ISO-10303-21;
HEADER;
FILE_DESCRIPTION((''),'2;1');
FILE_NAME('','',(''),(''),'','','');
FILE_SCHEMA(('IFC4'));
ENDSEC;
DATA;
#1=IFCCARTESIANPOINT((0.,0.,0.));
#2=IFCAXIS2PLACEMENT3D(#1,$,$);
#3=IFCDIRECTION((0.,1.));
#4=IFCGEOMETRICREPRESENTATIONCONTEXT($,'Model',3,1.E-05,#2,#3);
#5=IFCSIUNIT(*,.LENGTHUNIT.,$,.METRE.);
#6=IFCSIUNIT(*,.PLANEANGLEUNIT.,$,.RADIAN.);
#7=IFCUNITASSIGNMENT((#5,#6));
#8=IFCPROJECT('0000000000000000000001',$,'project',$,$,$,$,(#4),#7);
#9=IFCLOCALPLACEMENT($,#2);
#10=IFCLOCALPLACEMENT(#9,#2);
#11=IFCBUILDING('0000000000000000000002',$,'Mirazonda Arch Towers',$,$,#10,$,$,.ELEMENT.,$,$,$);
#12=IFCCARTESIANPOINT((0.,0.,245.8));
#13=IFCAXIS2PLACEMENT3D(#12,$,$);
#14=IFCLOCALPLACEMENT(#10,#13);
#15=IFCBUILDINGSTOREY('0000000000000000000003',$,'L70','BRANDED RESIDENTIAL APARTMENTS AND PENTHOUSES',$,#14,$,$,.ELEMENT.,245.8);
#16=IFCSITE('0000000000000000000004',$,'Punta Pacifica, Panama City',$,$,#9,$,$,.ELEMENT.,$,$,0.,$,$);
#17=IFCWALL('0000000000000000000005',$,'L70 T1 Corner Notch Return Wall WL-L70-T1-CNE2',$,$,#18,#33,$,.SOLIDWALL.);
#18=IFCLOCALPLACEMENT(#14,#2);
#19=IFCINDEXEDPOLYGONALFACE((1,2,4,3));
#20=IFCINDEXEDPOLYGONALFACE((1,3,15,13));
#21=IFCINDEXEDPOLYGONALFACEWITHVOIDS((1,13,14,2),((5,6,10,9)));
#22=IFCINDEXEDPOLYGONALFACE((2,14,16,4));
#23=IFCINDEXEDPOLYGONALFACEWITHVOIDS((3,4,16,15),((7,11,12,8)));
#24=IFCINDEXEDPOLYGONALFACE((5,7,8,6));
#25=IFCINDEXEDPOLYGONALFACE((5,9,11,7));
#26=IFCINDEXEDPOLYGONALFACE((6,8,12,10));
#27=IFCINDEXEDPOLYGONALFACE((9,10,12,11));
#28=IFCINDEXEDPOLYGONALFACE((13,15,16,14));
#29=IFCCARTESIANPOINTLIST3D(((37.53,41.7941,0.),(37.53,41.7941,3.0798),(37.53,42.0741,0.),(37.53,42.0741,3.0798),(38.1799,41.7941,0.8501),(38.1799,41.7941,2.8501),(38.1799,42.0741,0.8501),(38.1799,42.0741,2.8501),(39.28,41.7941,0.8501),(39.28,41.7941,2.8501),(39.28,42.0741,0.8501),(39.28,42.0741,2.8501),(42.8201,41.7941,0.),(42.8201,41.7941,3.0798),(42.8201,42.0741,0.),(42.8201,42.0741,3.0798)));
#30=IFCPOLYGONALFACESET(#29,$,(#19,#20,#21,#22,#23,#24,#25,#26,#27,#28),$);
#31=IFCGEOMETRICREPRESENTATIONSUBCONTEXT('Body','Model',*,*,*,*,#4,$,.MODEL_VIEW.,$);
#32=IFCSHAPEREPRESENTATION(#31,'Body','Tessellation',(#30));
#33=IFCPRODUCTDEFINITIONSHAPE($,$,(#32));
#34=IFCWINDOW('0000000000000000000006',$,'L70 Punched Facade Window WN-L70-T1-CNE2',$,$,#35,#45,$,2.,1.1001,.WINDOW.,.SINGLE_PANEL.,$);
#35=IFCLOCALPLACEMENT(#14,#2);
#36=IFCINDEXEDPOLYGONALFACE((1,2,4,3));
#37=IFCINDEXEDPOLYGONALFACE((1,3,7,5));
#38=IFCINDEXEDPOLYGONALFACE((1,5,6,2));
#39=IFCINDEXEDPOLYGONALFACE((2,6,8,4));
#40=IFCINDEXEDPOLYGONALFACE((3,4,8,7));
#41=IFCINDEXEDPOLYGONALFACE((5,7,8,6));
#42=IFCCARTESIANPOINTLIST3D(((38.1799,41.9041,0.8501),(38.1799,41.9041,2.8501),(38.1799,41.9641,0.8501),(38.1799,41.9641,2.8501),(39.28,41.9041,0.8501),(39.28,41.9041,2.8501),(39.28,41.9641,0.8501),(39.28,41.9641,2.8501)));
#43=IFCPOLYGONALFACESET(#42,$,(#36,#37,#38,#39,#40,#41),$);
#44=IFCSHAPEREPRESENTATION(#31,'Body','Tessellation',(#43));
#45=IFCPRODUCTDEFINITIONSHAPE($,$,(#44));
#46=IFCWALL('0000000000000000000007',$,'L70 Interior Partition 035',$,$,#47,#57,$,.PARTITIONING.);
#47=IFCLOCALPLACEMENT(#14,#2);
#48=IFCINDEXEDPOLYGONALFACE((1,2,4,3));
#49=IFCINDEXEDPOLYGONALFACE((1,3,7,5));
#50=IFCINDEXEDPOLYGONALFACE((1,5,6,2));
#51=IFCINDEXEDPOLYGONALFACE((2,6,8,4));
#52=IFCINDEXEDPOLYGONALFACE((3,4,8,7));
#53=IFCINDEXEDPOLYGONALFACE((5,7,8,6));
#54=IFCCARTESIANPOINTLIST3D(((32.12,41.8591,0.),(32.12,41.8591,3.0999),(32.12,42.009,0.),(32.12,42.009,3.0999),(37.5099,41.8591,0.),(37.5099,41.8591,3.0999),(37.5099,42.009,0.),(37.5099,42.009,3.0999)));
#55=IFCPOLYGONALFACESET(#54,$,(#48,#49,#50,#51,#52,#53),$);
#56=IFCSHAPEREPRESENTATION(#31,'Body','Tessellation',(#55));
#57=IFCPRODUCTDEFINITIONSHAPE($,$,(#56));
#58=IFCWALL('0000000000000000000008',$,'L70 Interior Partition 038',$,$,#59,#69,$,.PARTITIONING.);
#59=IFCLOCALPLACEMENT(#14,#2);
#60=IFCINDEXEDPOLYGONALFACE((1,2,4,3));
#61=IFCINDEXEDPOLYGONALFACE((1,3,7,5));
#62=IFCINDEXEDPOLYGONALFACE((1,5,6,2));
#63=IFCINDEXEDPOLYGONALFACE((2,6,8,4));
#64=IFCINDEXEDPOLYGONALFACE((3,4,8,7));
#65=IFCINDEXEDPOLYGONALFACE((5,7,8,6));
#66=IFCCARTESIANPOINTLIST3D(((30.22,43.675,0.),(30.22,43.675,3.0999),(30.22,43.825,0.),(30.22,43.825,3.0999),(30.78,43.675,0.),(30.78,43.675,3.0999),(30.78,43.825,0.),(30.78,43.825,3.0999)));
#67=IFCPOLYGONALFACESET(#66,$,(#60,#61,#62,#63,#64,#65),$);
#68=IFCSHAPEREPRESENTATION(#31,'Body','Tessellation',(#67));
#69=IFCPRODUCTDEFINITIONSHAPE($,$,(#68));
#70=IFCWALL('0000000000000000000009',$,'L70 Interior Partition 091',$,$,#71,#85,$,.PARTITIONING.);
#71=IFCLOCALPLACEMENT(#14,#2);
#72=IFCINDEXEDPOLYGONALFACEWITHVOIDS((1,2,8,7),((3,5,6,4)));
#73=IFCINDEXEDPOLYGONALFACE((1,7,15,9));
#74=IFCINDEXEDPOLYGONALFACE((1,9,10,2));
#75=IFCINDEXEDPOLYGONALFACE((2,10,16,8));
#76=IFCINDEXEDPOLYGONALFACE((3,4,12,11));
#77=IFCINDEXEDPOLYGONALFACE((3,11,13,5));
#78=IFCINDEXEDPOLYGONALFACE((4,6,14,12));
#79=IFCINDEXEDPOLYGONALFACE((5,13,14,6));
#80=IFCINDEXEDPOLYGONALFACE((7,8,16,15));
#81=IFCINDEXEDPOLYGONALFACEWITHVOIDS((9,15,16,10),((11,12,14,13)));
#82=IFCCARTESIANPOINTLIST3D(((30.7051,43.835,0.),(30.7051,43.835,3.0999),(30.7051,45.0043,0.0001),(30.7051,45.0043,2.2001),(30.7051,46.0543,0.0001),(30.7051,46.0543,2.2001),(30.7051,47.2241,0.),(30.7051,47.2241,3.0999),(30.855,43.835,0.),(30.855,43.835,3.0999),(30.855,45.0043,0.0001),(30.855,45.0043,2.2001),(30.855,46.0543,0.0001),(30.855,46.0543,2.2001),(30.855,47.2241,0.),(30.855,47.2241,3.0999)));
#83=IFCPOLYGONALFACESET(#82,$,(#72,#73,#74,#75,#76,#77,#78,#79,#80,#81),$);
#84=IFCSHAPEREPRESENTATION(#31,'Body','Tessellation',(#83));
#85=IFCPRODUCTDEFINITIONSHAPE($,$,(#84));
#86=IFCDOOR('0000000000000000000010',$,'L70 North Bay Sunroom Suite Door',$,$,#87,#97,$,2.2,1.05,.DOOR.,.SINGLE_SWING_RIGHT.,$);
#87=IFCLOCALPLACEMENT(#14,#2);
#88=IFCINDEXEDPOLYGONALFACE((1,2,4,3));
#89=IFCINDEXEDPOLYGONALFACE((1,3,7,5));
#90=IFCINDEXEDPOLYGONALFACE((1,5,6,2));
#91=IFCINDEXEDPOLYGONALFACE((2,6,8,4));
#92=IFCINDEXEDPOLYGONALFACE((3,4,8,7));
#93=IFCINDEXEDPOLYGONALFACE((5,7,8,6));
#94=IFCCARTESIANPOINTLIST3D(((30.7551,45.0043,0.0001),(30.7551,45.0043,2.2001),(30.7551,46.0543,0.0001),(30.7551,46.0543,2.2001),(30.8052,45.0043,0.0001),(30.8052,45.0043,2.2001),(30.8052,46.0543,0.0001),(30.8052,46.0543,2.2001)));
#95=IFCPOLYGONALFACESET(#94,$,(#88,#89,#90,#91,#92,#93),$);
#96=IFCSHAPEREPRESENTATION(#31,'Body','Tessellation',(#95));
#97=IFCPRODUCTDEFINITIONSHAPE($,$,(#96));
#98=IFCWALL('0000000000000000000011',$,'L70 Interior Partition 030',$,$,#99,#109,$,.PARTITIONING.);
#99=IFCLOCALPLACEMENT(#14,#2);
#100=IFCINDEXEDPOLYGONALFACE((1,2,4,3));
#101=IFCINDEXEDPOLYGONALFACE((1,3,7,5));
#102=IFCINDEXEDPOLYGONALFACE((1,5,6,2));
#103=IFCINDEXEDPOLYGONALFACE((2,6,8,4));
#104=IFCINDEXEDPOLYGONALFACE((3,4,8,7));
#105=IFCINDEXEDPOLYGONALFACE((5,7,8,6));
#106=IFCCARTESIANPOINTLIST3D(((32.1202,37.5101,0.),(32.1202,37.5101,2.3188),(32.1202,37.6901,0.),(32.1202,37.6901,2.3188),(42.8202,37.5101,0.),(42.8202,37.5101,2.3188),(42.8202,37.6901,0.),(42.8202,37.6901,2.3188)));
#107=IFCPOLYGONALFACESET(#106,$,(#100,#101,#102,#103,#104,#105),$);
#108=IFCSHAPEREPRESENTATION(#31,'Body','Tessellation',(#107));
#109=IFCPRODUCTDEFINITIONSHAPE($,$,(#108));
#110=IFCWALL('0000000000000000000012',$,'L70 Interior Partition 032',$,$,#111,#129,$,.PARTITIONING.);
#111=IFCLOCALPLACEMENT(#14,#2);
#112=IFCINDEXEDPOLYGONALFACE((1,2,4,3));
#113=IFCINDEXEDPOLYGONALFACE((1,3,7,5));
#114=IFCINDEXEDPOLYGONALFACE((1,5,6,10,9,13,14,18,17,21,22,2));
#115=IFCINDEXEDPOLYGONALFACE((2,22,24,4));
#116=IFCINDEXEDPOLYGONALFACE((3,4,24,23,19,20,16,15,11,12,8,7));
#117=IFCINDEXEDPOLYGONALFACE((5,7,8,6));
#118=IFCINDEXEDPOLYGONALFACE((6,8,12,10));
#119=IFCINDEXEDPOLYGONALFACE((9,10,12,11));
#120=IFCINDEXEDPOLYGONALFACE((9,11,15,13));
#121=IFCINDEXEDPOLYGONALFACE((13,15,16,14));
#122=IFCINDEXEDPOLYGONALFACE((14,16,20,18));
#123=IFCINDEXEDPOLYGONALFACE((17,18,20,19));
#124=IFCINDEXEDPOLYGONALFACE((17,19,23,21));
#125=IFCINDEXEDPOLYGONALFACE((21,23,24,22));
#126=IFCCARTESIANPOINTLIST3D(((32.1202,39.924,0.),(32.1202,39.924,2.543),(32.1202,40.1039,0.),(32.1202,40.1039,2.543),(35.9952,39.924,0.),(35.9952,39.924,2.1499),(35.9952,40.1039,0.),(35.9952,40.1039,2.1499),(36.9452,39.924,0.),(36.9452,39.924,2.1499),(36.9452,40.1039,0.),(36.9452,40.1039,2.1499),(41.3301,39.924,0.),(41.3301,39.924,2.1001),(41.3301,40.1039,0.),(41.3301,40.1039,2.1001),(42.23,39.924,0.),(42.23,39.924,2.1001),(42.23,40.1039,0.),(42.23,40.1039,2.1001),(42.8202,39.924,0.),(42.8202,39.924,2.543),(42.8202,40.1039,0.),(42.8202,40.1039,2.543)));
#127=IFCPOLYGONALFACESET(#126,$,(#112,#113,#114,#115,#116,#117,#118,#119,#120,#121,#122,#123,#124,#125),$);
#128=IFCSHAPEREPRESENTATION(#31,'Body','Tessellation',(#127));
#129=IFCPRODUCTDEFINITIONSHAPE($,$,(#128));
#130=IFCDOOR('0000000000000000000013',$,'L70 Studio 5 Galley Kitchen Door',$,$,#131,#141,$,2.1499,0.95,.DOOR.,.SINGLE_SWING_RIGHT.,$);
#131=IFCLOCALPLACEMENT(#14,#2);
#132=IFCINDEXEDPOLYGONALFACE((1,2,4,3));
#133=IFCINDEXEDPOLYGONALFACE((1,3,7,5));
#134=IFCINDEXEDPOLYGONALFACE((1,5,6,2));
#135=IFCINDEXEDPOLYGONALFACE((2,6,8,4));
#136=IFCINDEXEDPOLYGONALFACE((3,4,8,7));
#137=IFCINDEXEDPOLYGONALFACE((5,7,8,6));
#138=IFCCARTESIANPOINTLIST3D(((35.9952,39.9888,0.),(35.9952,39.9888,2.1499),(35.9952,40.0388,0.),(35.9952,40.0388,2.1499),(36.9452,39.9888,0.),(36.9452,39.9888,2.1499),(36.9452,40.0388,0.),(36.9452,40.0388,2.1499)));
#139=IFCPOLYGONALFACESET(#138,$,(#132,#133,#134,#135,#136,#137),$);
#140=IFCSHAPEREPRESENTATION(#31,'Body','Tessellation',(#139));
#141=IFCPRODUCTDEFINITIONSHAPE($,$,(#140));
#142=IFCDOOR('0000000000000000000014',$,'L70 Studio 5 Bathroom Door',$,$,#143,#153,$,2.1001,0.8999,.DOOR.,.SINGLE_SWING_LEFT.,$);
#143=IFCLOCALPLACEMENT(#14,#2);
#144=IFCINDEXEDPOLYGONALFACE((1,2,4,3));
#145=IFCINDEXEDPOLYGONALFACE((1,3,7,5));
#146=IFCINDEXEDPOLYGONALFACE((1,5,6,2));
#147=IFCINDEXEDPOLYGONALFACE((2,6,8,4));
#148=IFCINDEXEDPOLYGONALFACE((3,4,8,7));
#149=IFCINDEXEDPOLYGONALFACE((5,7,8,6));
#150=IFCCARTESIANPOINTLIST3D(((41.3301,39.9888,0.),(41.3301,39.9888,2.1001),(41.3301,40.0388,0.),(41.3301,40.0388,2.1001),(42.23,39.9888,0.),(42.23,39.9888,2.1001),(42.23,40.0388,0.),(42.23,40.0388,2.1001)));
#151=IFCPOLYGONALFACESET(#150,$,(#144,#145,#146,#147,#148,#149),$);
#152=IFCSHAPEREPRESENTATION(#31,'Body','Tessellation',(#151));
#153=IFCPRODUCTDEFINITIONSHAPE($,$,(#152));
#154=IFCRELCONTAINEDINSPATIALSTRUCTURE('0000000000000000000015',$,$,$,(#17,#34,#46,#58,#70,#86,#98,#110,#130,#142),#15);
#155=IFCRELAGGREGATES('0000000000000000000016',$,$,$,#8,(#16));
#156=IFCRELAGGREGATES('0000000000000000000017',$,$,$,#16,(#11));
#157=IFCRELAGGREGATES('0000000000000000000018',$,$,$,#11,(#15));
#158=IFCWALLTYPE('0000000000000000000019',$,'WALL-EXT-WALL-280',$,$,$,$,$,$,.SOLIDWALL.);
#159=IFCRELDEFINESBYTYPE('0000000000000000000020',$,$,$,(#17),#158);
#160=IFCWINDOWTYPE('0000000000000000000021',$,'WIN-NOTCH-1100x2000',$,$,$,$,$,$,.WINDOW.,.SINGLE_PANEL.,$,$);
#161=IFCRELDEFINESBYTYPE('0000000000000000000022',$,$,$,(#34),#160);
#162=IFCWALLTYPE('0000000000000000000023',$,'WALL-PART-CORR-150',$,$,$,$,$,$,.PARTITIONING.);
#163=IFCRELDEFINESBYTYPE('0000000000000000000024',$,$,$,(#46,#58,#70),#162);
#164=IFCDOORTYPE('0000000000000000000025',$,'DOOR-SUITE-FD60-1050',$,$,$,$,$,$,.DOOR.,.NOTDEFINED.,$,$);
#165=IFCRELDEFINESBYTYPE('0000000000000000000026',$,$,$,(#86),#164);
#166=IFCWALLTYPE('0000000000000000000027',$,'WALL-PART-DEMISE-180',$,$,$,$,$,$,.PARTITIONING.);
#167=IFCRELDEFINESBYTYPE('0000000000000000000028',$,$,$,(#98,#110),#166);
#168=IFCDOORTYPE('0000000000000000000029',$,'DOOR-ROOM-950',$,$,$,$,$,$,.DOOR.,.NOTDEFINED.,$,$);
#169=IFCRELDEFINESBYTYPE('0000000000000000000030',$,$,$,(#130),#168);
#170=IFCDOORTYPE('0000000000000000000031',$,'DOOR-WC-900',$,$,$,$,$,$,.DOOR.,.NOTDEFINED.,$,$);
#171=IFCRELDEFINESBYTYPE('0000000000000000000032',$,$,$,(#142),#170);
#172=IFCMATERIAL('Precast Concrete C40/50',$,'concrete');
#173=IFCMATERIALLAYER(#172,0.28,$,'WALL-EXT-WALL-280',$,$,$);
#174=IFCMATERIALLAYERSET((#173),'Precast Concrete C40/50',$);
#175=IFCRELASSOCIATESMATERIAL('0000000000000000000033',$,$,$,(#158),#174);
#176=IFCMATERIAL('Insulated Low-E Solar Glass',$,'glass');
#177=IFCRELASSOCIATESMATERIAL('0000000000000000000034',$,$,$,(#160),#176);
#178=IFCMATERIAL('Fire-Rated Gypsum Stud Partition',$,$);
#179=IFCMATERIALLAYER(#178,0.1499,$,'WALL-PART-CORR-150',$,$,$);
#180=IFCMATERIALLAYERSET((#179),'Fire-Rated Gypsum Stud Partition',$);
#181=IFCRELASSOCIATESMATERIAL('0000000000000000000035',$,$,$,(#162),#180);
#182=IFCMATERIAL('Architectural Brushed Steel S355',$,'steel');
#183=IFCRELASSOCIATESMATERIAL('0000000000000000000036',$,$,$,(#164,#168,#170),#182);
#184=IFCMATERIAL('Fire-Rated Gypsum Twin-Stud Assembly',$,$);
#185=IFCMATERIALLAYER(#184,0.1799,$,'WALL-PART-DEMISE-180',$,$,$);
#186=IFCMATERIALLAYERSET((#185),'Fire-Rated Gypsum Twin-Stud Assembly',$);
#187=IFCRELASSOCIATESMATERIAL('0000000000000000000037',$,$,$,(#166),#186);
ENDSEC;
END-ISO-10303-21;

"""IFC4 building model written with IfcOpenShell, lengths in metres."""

from ifc_helpers import new_model, si_unit, direction, frame, frame_2d, origin, place, context, subcontext, project, spatial, rectangle, extrude, material, layer, layer_set, type_object, element, fill, save


model = new_model("IFC4")

# Units and contexts
model_context = context("Model", 3, precision=1e-05, world=origin(), true_north=direction((0.0, 1.0)))
body_context = subcontext(model_context, "Body", "Model", "MODEL_VIEW")
ifc_project = project(units=[si_unit("LENGTHUNIT", "METRE"), si_unit("PLANEANGLEUNIT", "RADIAN")], contexts=[model_context])

# Site, building, storey
site_placement = place(None, origin())
site = spatial("IfcSite", under=ifc_project, at=site_placement, Name="Punta Pacifica, Panama City", CompositionType="ELEMENT", RefElevation=0.0)
building_placement = place(site_placement, origin())
building = spatial("IfcBuilding", under=site, at=building_placement, Name="Mirazonda Arch Towers", CompositionType="ELEMENT")
storey_placement = place(building_placement, frame((0.0, 0.0, 245.8)))
storey = spatial("IfcBuildingStorey", under=building, at=storey_placement, Name="L70", Description="BRANDED RESIDENTIAL APARTMENTS AND PENTHOUSES", CompositionType="ELEMENT", Elevation=245.8)

# Shared definitions
ifc_material_1 = material(Name="Insulated Low-E Solar Glass", Category="glass")

# Wall, opening, window
ifc_material_2 = material(Name="Precast Concrete C40/50", Category="concrete")
ifc_layer_1 = layer(ifc_material_2, 0.28, Name="WALL-EXT-WALL-280")
ifc_layer_set_1 = layer_set([ifc_layer_1], Name="Precast Concrete C40/50")
wall_type_1 = type_object("IfcWallType", Name="WALL-EXT-WALL-280", PredefinedType="SOLIDWALL", material=ifc_layer_set_1)
window_type = type_object("IfcWindowType", Name="WIN-NOTCH-1100x2000", PartitioningType="SINGLE_PANEL", PredefinedType="WINDOW", material=ifc_material_1)
wall_1_placement = place(storey_placement, frame((42.8201, 41.9341, 0.0), z_axis=(0.0, 0.0, 1.0), x_axis=(-1.0, 0.0, 0.0)))
wall_1 = element("IfcWall", 1, at=wall_1_placement, inside=storey, type_object=wall_type_1, Name="L70 T1 Corner Notch Return Wall WL-L70-T1-CNE2", PredefinedType="SOLIDWALL", context=body_context, shape_type="SweptSolid", body=[
    extrude(rectangle(XDim=5.29, YDim=0.28, at=frame_2d((2.645, 0.0))), origin(), (0.0, 0.0, 1.0), 3.0798),
])
opening_1_placement = place(wall_1_placement, frame((3.54, 0.0, 0.8501)))
opening_1 = element("IfcOpeningElement", 2, at=opening_1_placement, cuts=wall_1, PredefinedType="OPENING", context=body_context, shape_type="SweptSolid", body=[
    extrude(rectangle(XDim=1.1001, YDim=2.0, at=frame_2d((0.55, 1.0))), frame((0.0, 0.1499, 0.0), z_axis=(0.0, -1.0, 0.0), x_axis=(1.0, 0.0, 0.0)), (0.0, 0.0, 1.0), 0.3),
])
window_1_placement = place(opening_1_placement, origin())
window_1 = element("IfcWindow", 3, at=window_1_placement, inside=storey, type_object=window_type, Name="L70 Punched Facade Window WN-L70-T1-CNE2", OverallHeight=2.0, OverallWidth=1.1001, PartitioningType="SINGLE_PANEL", PredefinedType="WINDOW", context=body_context, shape_type="SweptSolid", body=[
    extrude(rectangle(XDim=1.1001, YDim=2.0, at=frame_2d((0.55, 1.0))), frame((0.0, 0.03, 0.0), z_axis=(0.0, -1.0, 0.0), x_axis=(1.0, 0.0, 0.0)), (0.0, 0.0, 1.0), 0.0601),
])
fill(opening_1, window_1)

# Walls
ifc_material_3 = material(Name="Fire-Rated Gypsum Stud Partition")
ifc_layer_2 = layer(ifc_material_3, 0.1499, Name="WALL-PART-CORR-150")
ifc_layer_set_2 = layer_set([ifc_layer_2], Name="Fire-Rated Gypsum Stud Partition")
wall_type_2 = type_object("IfcWallType", Name="WALL-PART-CORR-150", PredefinedType="PARTITIONING", material=ifc_layer_set_2)
wall_2_placement = place(storey_placement, frame((32.1201, 41.9341, 0.0), z_axis=(0.0, 0.0, 1.0), x_axis=(1.0, 0.0, 0.0)))
element("IfcWall", 4, at=wall_2_placement, inside=storey, type_object=wall_type_2, Name="L70 Interior Partition 035", PredefinedType="PARTITIONING", context=body_context, shape_type="SweptSolid", body=[
    extrude(rectangle(XDim=5.3899, YDim=0.1499, at=frame_2d((2.6948, 0.0))), origin(), (0.0, 0.0, 1.0), 3.0999),
])
wall_3_placement = place(storey_placement, frame((30.22, 43.75, 0.0), z_axis=(0.0, 0.0, 1.0), x_axis=(1.0, 0.0, 0.0)))
element("IfcWall", 5, at=wall_3_placement, inside=storey, type_object=wall_type_2, Name="L70 Interior Partition 038", PredefinedType="PARTITIONING", context=body_context, shape_type="SweptSolid", body=[
    extrude(rectangle(XDim=0.5601, YDim=0.1499, at=frame_2d((0.28, 0.0))), origin(), (0.0, 0.0, 1.0), 3.0999),
])

# Wall, opening, door
wall_4_placement = place(storey_placement, frame((30.78, 43.835, 0.0), z_axis=(0.0, 0.0, 1.0), x_axis=(0.0, 1.0, 0.0)))
wall_4 = element("IfcWall", 6, at=wall_4_placement, inside=storey, type_object=wall_type_2, Name="L70 Interior Partition 091", PredefinedType="PARTITIONING", context=body_context, shape_type="SweptSolid", body=[
    extrude(rectangle(XDim=3.3892, YDim=0.1499, at=frame_2d((1.6946, 0.0))), origin(), (0.0, 0.0, 1.0), 3.0999),
])
opening_2_placement = place(wall_4_placement, frame((1.1694, 0.0, 0.0)))
opening_2 = element("IfcOpeningElement", 7, at=opening_2_placement, cuts=wall_4, PredefinedType="OPENING", context=body_context, shape_type="SweptSolid", body=[
    extrude(rectangle(XDim=1.05, YDim=2.2, at=frame_2d((0.5249, 1.1001))), frame((0.0, 0.085, 0.0), z_axis=(0.0, -1.0, 0.0), x_axis=(1.0, 0.0, 0.0)), (0.0, 0.0, 1.0), 0.1699),
])
ifc_material_4 = material(Name="Architectural Brushed Steel S355", Category="steel")
door_type_1 = type_object("IfcDoorType", Name="DOOR-SUITE-FD60-1050", OperationType="NOTDEFINED", PredefinedType="DOOR", material=ifc_material_4)
door_1_placement = place(opening_2_placement, origin())
door_1 = element("IfcDoor", 8, at=door_1_placement, inside=storey, type_object=door_type_1, Name="L70 North Bay Sunroom Suite Door", OperationType="SINGLE_SWING_RIGHT", OverallHeight=2.2, OverallWidth=1.05, PredefinedType="DOOR", context=body_context, shape_type="SweptSolid", body=[
    extrude(rectangle(XDim=1.05, YDim=2.2, at=frame_2d((0.5249, 1.1001))), frame((0.0, 0.0249, 0.0), z_axis=(0.0, -1.0, 0.0), x_axis=(1.0, 0.0, 0.0)), (0.0, 0.0, 1.0), 0.05),
])
fill(opening_2, door_1)

# Wall
ifc_material_5 = material(Name="Fire-Rated Gypsum Twin-Stud Assembly")
ifc_layer_3 = layer(ifc_material_5, 0.1799, Name="WALL-PART-DEMISE-180")
ifc_layer_set_3 = layer_set([ifc_layer_3], Name="Fire-Rated Gypsum Twin-Stud Assembly")
wall_type_3 = type_object("IfcWallType", Name="WALL-PART-DEMISE-180", PredefinedType="PARTITIONING", material=ifc_layer_set_3)
wall_5_placement = place(storey_placement, frame((32.1201, 37.6001, 0.0), z_axis=(0.0, 0.0, 1.0), x_axis=(1.0, 0.0, 0.0)))
element("IfcWall", 9, at=wall_5_placement, inside=storey, type_object=wall_type_3, Name="L70 Interior Partition 030", PredefinedType="PARTITIONING", context=body_context, shape_type="SweptSolid", body=[
    extrude(rectangle(XDim=10.7, YDim=0.1799, at=frame_2d((5.3501, 0.0))), origin(), (0.0, 0.0, 1.0), 2.3188),
])

# Wall, openings, doors
wall_6_placement = place(storey_placement, frame((32.1201, 40.0139, 0.0), z_axis=(0.0, 0.0, 1.0), x_axis=(1.0, 0.0, 0.0)))
wall_6 = element("IfcWall", 10, at=wall_6_placement, inside=storey, type_object=wall_type_3, Name="L70 Interior Partition 032", PredefinedType="PARTITIONING", context=body_context, shape_type="SweptSolid", body=[
    extrude(rectangle(XDim=10.7, YDim=0.1799, at=frame_2d((5.3501, 0.0))), origin(), (0.0, 0.0, 1.0), 2.543),
])
opening_3_placement = place(wall_6_placement, frame((3.875, 0.0, 0.0)))
opening_3 = element("IfcOpeningElement", 11, at=opening_3_placement, cuts=wall_6, PredefinedType="OPENING", context=body_context, shape_type="SweptSolid", body=[
    extrude(rectangle(XDim=0.95, YDim=2.1499, at=frame_2d((0.4751, 1.075))), frame((0.0, 0.0999, 0.0), z_axis=(0.0, -1.0, 0.0), x_axis=(1.0, 0.0, 0.0)), (0.0, 0.0, 1.0), 0.2),
])
opening_4_placement = place(wall_6_placement, frame((9.21, 0.0, 0.0)))
opening_4 = element("IfcOpeningElement", 12, at=opening_4_placement, cuts=wall_6, PredefinedType="OPENING", context=body_context, shape_type="SweptSolid", body=[
    extrude(rectangle(XDim=0.8999, YDim=2.1001, at=frame_2d((0.45, 1.05))), frame((0.0, 0.0999, 0.0), z_axis=(0.0, -1.0, 0.0), x_axis=(1.0, 0.0, 0.0)), (0.0, 0.0, 1.0), 0.2),
])
door_type_2 = type_object("IfcDoorType", Name="DOOR-ROOM-950", OperationType="NOTDEFINED", PredefinedType="DOOR", material=ifc_material_4)
door_2_placement = place(opening_3_placement, origin())
door_2 = element("IfcDoor", 13, at=door_2_placement, inside=storey, type_object=door_type_2, Name="L70 Studio 5 Galley Kitchen Door", OperationType="SINGLE_SWING_RIGHT", OverallHeight=2.1499, OverallWidth=0.95, PredefinedType="DOOR", context=body_context, shape_type="SweptSolid", body=[
    extrude(rectangle(XDim=0.95, YDim=2.1499, at=frame_2d((0.4751, 1.075))), frame((0.0, 0.0249, 0.0), z_axis=(0.0, -1.0, 0.0), x_axis=(1.0, 0.0, 0.0)), (0.0, 0.0, 1.0), 0.05),
])
fill(opening_3, door_2)
door_type_3 = type_object("IfcDoorType", Name="DOOR-WC-900", OperationType="NOTDEFINED", PredefinedType="DOOR", material=ifc_material_4)
door_3_placement = place(opening_4_placement, origin())
door_3 = element("IfcDoor", 14, at=door_3_placement, inside=storey, type_object=door_type_3, Name="L70 Studio 5 Bathroom Door", OperationType="SINGLE_SWING_LEFT", OverallHeight=2.1001, OverallWidth=0.8999, PredefinedType="DOOR", context=body_context, shape_type="SweptSolid", body=[
    extrude(rectangle(XDim=0.8999, YDim=2.1001, at=frame_2d((0.45, 1.05))), frame((0.0, 0.0249, 0.0), z_axis=(0.0, -1.0, 0.0), x_axis=(1.0, 0.0, 0.0)), (0.0, 0.0, 1.0), 0.05),
])
fill(opening_4, door_3)

save(model, "model.ifc")
